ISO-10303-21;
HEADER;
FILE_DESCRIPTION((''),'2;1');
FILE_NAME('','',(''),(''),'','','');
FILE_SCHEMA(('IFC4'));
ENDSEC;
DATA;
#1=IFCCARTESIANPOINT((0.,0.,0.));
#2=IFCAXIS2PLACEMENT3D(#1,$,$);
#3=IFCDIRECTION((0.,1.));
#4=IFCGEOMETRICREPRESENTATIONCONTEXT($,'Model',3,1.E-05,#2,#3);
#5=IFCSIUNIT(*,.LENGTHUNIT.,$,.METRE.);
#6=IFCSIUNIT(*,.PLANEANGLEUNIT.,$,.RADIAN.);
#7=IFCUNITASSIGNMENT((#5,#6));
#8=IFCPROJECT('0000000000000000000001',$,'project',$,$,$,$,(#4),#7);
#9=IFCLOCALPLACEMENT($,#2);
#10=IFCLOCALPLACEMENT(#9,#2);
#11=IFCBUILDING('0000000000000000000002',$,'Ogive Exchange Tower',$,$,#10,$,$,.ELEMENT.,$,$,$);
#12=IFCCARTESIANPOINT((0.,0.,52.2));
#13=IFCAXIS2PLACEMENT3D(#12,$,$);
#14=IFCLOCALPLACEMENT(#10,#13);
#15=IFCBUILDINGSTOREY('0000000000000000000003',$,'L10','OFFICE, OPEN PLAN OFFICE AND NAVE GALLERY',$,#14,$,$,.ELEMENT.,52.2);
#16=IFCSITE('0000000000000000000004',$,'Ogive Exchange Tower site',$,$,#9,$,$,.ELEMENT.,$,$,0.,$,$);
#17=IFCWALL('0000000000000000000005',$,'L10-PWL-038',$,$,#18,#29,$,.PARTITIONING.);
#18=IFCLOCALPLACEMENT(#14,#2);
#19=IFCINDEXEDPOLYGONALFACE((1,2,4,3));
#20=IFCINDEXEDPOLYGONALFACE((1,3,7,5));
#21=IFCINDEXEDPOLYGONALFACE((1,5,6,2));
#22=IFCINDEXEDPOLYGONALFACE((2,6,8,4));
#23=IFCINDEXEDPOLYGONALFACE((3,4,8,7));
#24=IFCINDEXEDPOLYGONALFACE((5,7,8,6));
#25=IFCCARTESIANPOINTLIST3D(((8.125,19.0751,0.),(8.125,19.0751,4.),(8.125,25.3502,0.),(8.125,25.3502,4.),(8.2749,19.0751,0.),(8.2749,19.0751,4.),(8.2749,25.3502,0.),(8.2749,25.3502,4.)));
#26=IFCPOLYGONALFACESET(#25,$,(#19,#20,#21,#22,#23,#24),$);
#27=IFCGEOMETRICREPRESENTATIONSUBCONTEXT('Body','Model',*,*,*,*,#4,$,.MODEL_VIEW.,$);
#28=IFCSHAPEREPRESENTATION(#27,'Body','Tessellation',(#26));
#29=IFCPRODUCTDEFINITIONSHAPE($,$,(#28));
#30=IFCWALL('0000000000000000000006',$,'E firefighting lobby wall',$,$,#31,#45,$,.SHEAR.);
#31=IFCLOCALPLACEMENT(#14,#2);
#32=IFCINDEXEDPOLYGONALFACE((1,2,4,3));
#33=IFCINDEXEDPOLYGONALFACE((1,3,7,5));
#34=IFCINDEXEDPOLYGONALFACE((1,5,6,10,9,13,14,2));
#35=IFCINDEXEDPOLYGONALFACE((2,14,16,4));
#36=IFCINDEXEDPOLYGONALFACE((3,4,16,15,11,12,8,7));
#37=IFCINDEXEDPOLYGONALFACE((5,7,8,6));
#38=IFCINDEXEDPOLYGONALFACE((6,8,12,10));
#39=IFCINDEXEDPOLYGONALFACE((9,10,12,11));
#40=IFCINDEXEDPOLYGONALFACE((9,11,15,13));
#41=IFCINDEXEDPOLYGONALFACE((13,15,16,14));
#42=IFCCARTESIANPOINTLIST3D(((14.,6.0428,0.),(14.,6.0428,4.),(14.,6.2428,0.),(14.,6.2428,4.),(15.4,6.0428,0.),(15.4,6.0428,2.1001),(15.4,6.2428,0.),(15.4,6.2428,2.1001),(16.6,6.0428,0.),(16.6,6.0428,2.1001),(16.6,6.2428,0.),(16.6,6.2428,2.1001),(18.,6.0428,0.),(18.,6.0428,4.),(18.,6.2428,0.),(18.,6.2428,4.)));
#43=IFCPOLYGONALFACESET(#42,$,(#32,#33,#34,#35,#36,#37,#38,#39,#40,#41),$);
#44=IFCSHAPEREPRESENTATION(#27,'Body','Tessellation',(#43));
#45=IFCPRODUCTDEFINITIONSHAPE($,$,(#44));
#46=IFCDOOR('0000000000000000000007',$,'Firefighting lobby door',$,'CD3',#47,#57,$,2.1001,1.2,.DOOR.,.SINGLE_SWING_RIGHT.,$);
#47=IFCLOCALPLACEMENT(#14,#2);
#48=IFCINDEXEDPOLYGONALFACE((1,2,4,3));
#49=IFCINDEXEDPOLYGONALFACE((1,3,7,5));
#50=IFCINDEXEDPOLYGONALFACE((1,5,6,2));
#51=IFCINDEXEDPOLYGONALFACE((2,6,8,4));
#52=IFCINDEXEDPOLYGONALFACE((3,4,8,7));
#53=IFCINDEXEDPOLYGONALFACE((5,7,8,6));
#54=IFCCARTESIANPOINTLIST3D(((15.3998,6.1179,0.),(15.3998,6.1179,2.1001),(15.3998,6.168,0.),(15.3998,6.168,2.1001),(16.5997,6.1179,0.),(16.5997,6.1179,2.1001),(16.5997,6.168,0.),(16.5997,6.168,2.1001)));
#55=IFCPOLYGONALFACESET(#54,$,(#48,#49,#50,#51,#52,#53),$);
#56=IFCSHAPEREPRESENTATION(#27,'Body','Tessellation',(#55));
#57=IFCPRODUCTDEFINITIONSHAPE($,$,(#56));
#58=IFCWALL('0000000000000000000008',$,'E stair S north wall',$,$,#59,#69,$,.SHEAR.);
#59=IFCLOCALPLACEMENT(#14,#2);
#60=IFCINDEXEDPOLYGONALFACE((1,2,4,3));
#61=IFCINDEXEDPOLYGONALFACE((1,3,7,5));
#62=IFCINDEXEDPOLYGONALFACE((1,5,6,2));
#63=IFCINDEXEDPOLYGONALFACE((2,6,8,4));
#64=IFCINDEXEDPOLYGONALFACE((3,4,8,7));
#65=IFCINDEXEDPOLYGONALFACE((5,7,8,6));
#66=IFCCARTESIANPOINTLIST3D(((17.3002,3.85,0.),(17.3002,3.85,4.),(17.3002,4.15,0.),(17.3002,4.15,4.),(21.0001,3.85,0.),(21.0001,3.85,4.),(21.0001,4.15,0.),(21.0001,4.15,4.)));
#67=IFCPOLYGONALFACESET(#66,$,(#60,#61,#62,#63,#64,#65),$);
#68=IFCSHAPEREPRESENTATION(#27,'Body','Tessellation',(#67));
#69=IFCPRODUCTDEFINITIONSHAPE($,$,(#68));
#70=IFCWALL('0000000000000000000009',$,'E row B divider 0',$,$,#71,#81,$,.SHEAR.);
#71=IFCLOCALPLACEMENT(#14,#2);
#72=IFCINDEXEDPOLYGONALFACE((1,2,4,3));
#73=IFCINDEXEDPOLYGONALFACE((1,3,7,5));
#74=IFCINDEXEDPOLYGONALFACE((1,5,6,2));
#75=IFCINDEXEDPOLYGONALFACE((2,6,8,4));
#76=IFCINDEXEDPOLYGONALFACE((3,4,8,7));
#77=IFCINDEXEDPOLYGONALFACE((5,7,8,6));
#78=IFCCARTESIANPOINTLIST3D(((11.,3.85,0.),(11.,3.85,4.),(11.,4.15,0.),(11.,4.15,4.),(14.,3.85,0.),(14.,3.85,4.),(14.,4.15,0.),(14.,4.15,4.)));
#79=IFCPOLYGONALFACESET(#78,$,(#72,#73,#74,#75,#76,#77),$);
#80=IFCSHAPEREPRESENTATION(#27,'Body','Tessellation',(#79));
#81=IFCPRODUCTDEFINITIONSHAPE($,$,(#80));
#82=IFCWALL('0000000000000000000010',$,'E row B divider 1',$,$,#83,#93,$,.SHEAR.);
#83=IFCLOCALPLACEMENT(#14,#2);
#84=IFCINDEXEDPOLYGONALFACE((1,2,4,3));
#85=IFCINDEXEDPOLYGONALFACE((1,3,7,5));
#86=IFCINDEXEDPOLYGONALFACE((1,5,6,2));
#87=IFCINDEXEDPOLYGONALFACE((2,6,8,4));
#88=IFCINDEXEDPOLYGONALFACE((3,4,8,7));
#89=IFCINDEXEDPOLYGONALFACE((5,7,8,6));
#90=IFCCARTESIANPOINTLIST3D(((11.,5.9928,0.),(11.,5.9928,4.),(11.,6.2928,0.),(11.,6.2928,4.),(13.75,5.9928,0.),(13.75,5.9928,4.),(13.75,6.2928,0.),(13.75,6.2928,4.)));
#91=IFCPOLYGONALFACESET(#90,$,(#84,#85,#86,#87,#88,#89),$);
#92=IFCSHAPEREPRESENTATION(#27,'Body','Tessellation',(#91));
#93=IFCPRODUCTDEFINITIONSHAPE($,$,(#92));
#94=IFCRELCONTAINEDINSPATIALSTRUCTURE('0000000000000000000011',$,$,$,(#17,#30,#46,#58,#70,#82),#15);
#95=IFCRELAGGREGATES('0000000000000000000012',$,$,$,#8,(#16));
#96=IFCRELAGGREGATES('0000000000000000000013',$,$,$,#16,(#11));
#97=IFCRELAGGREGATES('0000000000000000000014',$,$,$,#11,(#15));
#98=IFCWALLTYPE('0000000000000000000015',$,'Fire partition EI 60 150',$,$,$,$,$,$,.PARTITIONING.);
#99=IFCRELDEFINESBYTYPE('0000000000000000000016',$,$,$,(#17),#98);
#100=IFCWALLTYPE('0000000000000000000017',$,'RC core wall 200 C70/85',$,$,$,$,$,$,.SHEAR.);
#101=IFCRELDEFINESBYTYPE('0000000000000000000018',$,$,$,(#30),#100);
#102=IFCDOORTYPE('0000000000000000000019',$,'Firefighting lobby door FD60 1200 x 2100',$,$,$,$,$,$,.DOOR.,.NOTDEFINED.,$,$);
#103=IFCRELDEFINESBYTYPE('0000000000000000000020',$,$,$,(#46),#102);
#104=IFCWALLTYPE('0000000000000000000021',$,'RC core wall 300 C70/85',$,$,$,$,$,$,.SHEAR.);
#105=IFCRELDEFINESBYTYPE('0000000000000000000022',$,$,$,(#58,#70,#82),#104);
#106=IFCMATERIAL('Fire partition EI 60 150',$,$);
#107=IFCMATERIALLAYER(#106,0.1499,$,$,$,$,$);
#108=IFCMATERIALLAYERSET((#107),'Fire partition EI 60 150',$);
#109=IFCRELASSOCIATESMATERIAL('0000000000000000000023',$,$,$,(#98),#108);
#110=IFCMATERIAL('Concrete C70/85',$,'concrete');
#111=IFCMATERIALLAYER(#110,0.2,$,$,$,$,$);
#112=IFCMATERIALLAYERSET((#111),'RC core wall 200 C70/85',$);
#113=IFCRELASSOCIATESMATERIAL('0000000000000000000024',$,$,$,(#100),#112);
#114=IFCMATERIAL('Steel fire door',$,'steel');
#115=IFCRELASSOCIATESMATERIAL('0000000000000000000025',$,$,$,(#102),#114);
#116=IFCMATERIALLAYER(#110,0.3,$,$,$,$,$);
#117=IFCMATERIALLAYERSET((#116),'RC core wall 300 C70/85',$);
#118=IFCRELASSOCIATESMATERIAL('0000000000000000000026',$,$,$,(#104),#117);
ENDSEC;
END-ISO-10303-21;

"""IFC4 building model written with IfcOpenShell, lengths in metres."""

from ifc_helpers import new_model, si_unit, direction, frame, frame_2d, origin, place, context, subcontext, project, spatial, rectangle, extrude, material, layer, layer_set, type_object, element, fill, save


model = new_model("IFC4")

# Units and contexts
model_context = context("Model", 3, precision=1e-05, world=origin(), true_north=direction((0.0, 1.0)))
body_context = subcontext(model_context, "Body", "Model", "MODEL_VIEW")
ifc_project = project(units=[si_unit("LENGTHUNIT", "METRE"), si_unit("PLANEANGLEUNIT", "RADIAN")], contexts=[model_context])

# Site, building, storey
site_placement = place(None, origin())
site = spatial("IfcSite", under=ifc_project, at=site_placement, Name="Ogive Exchange Tower site", CompositionType="ELEMENT", RefElevation=0.0)
building_placement = place(site_placement, origin())
building = spatial("IfcBuilding", under=site, at=building_placement, Name="Ogive Exchange Tower", CompositionType="ELEMENT")
storey_placement = place(building_placement, frame((0.0, 0.0, 52.2)))
storey = spatial("IfcBuildingStorey", under=building, at=storey_placement, Name="L10", Description="OFFICE, OPEN PLAN OFFICE AND NAVE GALLERY", CompositionType="ELEMENT", Elevation=52.2)

# Wall
ifc_material_1 = material(Name="Fire partition EI 60 150")
ifc_layer_1 = layer(ifc_material_1, 0.1499)
ifc_layer_set_1 = layer_set([ifc_layer_1], Name="Fire partition EI 60 150")
wall_type_1 = type_object("IfcWallType", Name="Fire partition EI 60 150", PredefinedType="PARTITIONING", material=ifc_layer_set_1)
wall_1_placement = place(storey_placement, frame((8.2, 19.075, 0.0), z_axis=(0.0, 0.0, 1.0), x_axis=(0.0, 1.0, 0.0)))
element("IfcWall", 1, at=wall_1_placement, inside=storey, type_object=wall_type_1, Name="L10-PWL-038", PredefinedType="PARTITIONING", context=body_context, shape_type="SweptSolid", body=[
    extrude(rectangle(XDim=6.2751, YDim=0.1499, at=frame_2d((3.1377, 0.0))), origin(), (0.0, 0.0, 1.0), 4.0),
])

# Wall, opening, door
ifc_material_2 = material(Name="Concrete C70/85", Category="concrete")
ifc_layer_2 = layer(ifc_material_2, 0.2)
ifc_layer_set_2 = layer_set([ifc_layer_2], Name="RC core wall 200 C70/85")
wall_type_2 = type_object("IfcWallType", Name="RC core wall 200 C70/85", PredefinedType="SHEAR", material=ifc_layer_set_2)
wall_2_placement = place(storey_placement, frame((14.0, 6.1428, 0.0), z_axis=(0.0, 0.0, 1.0), x_axis=(1.0, 0.0, 0.0)))
wall_2 = element("IfcWall", 2, at=wall_2_placement, inside=storey, type_object=wall_type_2, Name="E firefighting lobby wall", PredefinedType="SHEAR", context=body_context, shape_type="SweptSolid", body=[
    extrude(rectangle(XDim=4.0, YDim=0.2, at=frame_2d((2.0, 0.0))), origin(), (0.0, 0.0, 1.0), 4.0),
])
opening_placement = place(wall_2_placement, frame((1.3999, 0.0, 0.0)))
opening = element("IfcOpeningElement", 3, at=opening_placement, cuts=wall_2, PredefinedType="OPENING", context=body_context, shape_type="SweptSolid", body=[
    extrude(rectangle(XDim=1.2, YDim=2.1001, at=frame_2d((0.6001, 1.05))), frame((0.0, 0.1099, 0.0), z_axis=(0.0, -1.0, 0.0), x_axis=(1.0, 0.0, 0.0)), (0.0, 0.0, 1.0), 0.22),
])
ifc_material_3 = material(Name="Steel fire door", Category="steel")
door_type = type_object("IfcDoorType", Name="Firefighting lobby door FD60 1200 x 2100", OperationType="NOTDEFINED", PredefinedType="DOOR", material=ifc_material_3)
door_placement = place(opening_placement, frame((1.2, 0.0, 0.0), z_axis=(0.0, 0.0, 1.0), x_axis=(-1.0, 0.0, 0.0)))
door = element("IfcDoor", 4, at=door_placement, inside=storey, type_object=door_type, Name="Firefighting lobby door", ObjectType="CD3", OperationType="SINGLE_SWING_RIGHT", OverallHeight=2.1001, OverallWidth=1.2, PredefinedType="DOOR", context=body_context, shape_type="SweptSolid", body=[
    extrude(rectangle(XDim=1.2, YDim=2.1001, at=frame_2d((0.6001, 1.05))), frame((0.0, 0.0249, 0.0), z_axis=(0.0, -1.0, 0.0), x_axis=(1.0, 0.0, 0.0)), (0.0, 0.0, 1.0), 0.05),
])
fill(opening, door)

# Walls
ifc_layer_3 = layer(ifc_material_2, 0.3)
ifc_layer_set_3 = layer_set([ifc_layer_3], Name="RC core wall 300 C70/85")
wall_type_3 = type_object("IfcWallType", Name="RC core wall 300 C70/85", PredefinedType="SHEAR", material=ifc_layer_set_3)
wall_3_placement = place(storey_placement, frame((17.3, 4.0, 0.0), z_axis=(0.0, 0.0, 1.0), x_axis=(1.0, 0.0, 0.0)))
element("IfcWall", 5, at=wall_3_placement, inside=storey, type_object=wall_type_3, Name="E stair S north wall", PredefinedType="SHEAR", context=body_context, shape_type="SweptSolid", body=[
    extrude(rectangle(XDim=3.7, YDim=0.3, at=frame_2d((1.8501, 0.0))), origin(), (0.0, 0.0, 1.0), 4.0),
])
wall_4_placement = place(storey_placement, frame((11.0, 4.0, 0.0), z_axis=(0.0, 0.0, 1.0), x_axis=(1.0, 0.0, 0.0)))
element("IfcWall", 6, at=wall_4_placement, inside=storey, type_object=wall_type_3, Name="E row B divider 0", PredefinedType="SHEAR", context=body_context, shape_type="SweptSolid", body=[
    extrude(rectangle(XDim=3.0, YDim=0.3, at=frame_2d((1.5, 0.0))), origin(), (0.0, 0.0, 1.0), 4.0),
])
wall_5_placement = place(storey_placement, frame((11.0, 6.1428, 0.0), z_axis=(0.0, 0.0, 1.0), x_axis=(1.0, 0.0, 0.0)))
element("IfcWall", 7, at=wall_5_placement, inside=storey, type_object=wall_type_3, Name="E row B divider 1", PredefinedType="SHEAR", context=body_context, shape_type="SweptSolid", body=[
    extrude(rectangle(XDim=2.75, YDim=0.3, at=frame_2d((1.375, 0.0))), origin(), (0.0, 0.0, 1.0), 4.0),
])

save(model, "model.ifc")
